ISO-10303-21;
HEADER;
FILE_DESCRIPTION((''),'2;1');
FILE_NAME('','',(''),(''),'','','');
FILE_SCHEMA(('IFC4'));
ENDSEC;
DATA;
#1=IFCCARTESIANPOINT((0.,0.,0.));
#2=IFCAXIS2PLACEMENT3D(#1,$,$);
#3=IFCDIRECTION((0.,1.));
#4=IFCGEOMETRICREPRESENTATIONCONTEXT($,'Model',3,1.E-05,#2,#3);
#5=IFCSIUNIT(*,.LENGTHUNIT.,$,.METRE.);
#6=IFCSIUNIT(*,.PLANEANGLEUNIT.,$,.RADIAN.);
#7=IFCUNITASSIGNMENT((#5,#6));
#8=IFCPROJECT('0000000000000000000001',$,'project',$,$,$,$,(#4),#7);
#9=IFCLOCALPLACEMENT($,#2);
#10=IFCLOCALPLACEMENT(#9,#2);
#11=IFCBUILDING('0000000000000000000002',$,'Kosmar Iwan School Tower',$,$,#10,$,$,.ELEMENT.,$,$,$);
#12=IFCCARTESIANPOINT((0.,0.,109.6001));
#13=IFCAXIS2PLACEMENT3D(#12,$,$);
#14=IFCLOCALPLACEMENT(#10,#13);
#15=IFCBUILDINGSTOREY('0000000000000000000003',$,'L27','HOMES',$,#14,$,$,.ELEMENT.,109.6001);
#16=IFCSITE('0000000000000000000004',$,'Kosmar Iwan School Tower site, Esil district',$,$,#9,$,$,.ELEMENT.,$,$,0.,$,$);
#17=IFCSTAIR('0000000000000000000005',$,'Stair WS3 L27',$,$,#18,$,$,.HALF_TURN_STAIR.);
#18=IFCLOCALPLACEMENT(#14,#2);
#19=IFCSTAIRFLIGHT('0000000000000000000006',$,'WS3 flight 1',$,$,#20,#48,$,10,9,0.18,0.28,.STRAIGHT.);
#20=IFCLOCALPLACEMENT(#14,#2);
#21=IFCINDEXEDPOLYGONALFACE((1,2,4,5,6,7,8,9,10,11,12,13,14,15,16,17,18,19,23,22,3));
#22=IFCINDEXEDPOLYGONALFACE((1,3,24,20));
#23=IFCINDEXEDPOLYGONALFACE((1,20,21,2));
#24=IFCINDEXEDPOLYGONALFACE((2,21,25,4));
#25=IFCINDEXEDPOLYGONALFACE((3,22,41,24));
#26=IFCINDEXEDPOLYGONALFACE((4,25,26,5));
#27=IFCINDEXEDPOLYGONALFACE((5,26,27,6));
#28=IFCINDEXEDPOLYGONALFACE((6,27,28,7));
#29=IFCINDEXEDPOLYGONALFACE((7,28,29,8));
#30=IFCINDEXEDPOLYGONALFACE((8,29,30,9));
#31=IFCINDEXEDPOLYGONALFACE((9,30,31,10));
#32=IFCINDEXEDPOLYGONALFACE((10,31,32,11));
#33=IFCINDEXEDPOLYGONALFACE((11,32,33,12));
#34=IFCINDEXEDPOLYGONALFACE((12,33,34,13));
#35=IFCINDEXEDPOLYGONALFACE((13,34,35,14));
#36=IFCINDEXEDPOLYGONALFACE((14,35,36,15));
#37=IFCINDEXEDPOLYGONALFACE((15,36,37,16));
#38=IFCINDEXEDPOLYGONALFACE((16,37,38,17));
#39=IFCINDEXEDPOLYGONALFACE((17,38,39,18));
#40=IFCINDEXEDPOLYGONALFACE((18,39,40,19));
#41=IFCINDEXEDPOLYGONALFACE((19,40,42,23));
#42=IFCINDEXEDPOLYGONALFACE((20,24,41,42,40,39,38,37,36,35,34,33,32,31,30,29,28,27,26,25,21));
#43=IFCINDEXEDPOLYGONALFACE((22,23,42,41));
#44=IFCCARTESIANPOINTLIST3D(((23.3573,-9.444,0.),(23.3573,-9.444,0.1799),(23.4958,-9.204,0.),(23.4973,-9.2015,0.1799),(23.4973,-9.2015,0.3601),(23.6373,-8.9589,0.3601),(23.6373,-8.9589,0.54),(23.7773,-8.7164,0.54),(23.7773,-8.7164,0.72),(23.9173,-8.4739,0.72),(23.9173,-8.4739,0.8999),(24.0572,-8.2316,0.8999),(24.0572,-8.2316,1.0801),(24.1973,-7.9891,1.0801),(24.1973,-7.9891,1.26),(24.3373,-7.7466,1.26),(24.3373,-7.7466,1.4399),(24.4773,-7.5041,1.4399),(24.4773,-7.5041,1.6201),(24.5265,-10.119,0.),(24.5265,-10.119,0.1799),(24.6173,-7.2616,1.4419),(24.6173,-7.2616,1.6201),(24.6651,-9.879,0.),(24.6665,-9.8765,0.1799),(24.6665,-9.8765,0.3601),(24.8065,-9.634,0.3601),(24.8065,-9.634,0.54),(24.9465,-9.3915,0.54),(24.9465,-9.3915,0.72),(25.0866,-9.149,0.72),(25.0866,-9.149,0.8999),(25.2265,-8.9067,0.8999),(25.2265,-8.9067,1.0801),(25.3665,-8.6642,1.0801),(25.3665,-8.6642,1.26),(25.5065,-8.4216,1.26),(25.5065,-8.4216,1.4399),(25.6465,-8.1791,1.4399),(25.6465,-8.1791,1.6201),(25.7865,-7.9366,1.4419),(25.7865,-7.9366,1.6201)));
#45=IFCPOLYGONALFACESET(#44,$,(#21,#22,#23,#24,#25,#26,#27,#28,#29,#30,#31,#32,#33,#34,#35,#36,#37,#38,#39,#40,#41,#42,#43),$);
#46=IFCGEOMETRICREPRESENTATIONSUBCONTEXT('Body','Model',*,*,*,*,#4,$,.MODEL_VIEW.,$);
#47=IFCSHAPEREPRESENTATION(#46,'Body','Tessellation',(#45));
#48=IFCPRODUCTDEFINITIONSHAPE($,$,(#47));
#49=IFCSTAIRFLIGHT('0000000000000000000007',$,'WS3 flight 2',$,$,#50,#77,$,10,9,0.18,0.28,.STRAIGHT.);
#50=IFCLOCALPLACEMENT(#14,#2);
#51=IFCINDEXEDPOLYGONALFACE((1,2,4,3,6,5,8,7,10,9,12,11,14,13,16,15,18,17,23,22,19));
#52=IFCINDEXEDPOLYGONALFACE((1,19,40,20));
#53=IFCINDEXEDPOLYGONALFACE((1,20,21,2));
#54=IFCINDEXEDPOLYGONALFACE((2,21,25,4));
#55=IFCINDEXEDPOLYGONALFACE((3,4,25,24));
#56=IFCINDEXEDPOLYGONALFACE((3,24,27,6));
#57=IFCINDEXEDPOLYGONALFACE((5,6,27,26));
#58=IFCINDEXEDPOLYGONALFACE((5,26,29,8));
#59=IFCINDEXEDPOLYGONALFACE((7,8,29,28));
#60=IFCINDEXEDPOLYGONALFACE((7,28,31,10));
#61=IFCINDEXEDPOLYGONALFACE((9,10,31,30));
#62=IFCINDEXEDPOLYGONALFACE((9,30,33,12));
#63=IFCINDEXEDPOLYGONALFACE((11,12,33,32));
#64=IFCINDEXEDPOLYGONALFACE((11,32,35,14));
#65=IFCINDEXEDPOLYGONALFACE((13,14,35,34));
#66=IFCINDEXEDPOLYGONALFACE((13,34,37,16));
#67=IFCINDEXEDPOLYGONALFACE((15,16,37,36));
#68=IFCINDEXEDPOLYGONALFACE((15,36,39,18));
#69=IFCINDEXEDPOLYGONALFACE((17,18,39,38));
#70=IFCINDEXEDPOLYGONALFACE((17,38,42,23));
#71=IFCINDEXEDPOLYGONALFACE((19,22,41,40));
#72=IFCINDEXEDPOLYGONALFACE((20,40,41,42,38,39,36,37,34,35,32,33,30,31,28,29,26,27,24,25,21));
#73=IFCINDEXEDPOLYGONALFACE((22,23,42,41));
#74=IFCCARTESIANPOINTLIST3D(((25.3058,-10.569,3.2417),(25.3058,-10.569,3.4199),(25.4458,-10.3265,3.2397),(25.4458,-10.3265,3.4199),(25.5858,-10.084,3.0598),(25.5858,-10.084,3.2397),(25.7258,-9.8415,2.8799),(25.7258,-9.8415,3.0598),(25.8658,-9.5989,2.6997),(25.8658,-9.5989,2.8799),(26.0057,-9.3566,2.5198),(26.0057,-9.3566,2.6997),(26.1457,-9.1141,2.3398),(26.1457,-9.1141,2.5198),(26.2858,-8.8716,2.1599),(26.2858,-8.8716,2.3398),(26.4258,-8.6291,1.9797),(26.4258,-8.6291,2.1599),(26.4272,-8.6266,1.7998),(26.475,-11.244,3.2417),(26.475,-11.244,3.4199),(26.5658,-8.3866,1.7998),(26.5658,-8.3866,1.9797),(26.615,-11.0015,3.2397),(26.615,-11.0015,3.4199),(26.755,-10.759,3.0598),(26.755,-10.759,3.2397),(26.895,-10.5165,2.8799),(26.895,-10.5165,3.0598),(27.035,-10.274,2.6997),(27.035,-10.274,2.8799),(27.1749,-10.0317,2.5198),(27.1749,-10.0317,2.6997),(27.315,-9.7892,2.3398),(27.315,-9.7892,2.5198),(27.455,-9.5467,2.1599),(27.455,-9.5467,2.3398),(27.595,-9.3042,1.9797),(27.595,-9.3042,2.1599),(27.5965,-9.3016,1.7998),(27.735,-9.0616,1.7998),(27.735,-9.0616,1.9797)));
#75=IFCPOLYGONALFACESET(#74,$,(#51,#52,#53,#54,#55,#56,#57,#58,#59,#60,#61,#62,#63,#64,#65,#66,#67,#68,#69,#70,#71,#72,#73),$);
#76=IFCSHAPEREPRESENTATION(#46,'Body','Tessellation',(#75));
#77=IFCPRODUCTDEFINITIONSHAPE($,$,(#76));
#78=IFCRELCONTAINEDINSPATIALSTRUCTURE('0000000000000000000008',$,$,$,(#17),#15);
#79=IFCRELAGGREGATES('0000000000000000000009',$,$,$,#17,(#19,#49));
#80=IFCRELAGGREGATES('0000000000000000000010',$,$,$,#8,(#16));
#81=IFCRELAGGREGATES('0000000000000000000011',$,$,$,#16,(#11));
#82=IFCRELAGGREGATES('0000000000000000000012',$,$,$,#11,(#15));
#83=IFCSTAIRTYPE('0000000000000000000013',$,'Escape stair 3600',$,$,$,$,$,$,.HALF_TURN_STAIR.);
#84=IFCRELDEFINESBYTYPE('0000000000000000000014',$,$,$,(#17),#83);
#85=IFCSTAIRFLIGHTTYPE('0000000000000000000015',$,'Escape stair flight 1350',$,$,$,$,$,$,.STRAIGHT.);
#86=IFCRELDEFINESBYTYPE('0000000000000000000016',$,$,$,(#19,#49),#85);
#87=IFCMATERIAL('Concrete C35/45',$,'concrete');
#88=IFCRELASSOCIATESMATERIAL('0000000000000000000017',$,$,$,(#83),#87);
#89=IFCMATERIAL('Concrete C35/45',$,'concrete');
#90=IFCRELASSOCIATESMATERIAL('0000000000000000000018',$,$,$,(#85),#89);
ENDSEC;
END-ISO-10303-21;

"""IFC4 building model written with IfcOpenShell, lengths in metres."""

from ifc_helpers import new_model, si_unit, direction, frame, origin, place, context, subcontext, project, spatial, polyline, outline, extrude, material, type_object, element, aggregate, save


model = new_model("IFC4")

# Units and contexts
model_context = context("Model", 3, precision=1e-05, world=origin(), true_north=direction((0.0, 1.0)))
body_context = subcontext(model_context, "Body", "Model", "MODEL_VIEW")
ifc_project = project(units=[si_unit("LENGTHUNIT", "METRE"), si_unit("PLANEANGLEUNIT", "RADIAN")], contexts=[model_context])

# Site, building, storey
site_placement = place(None, origin())
site = spatial("IfcSite", under=ifc_project, at=site_placement, Name="Kosmar Iwan School Tower site, Esil district", CompositionType="ELEMENT", RefElevation=0.0)
building_placement = place(site_placement, origin())
building = spatial("IfcBuilding", under=site, at=building_placement, Name="Kosmar Iwan School Tower", CompositionType="ELEMENT")
storey_placement = place(building_placement, frame((0.0, 0.0, 109.6001)))
storey = spatial("IfcBuildingStorey", under=building, at=storey_placement, Name="L27", Description="HOMES", CompositionType="ELEMENT", Elevation=109.6001)

# Stair, stair flights
ifc_material_1 = material(Name="Concrete C35/45", Category="concrete")
stair_type = type_object("IfcStairType", Name="Escape stair 3600", PredefinedType="HALF_TURN_STAIR", material=ifc_material_1)
stair_placement = place(storey_placement, origin())
stair = element("IfcStair", 1, at=stair_placement, inside=storey, type_object=stair_type, Name="Stair WS3 L27", PredefinedType="HALF_TURN_STAIR")
ifc_material_2 = material(Name="Concrete C35/45", Category="concrete")
stair_flight_type = type_object("IfcStairFlightType", Name="Escape stair flight 1350", PredefinedType="STRAIGHT", material=ifc_material_2)
stair_flight_1_placement = place(storey_placement, frame((23.9419, -9.7815, 0.0), z_axis=(0.0, 0.0, 1.0), x_axis=(0.5, 0.866025, 0.0)))
stair_flight_1 = element("IfcStairFlight", 2, at=stair_flight_1_placement, type_object=stair_flight_type, Name="WS3 flight 1", NumberOfRisers=10, NumberOfTreads=9, PredefinedType="STRAIGHT", RiserHeight=0.18, TreadLength=0.28, context=body_context, shape_type="SweptSolid", body=[
    extrude(outline(polyline([(0.0, 0.0), (0.0, 0.1799), (0.28, 0.1799), (0.28, 0.3601), (0.5601, 0.3601), (0.5601, 0.54), (0.8401, 0.54), (0.8401, 0.72), (1.1201, 0.72), (1.1201, 0.8999), (1.3999, 0.8999), (1.3999, 1.0801), (1.6799, 1.0801), (1.6799, 1.26), (1.96, 1.26), (1.96, 1.4399), (2.24, 1.4399), (2.24, 1.6201), (2.52, 1.6201), (2.52, 1.8), (2.52, 1.4419), (0.2771, 0.0), (0.0, 0.0)])), frame((0.0, 0.675, 0.0), z_axis=(0.0, -1.0, 0.0), x_axis=(1.0, 0.0, 0.0)), (0.0, 0.0, 1.0), 1.3501),
])
stair_flight_2_placement = place(storey_placement, frame((27.1504, -8.7241, 1.7998), z_axis=(0.0, 0.0, 1.0), x_axis=(-0.5, -0.866025, 0.0)))
stair_flight_2 = element("IfcStairFlight", 3, at=stair_flight_2_placement, type_object=stair_flight_type, Name="WS3 flight 2", NumberOfRisers=10, NumberOfTreads=9, PredefinedType="STRAIGHT", RiserHeight=0.18, TreadLength=0.28, context=body_context, shape_type="SweptSolid", body=[
    extrude(outline(polyline([(0.0, 0.0), (0.0, 0.1799), (0.28, 0.1799), (0.28, 0.3601), (0.5601, 0.3601), (0.5601, 0.54), (0.8401, 0.54), (0.8401, 0.72), (1.1201, 0.72), (1.1201, 0.8999), (1.3999, 0.8999), (1.3999, 1.0801), (1.6799, 1.0801), (1.6799, 1.26), (1.96, 1.26), (1.96, 1.4399), (2.24, 1.4399), (2.24, 1.6201), (2.52, 1.6201), (2.52, 1.8), (2.52, 1.4419), (0.2771, 0.0), (0.0, 0.0)])), frame((0.0, 0.675, 0.0), z_axis=(0.0, -1.0, 0.0), x_axis=(1.0, 0.0, 0.0)), (0.0, 0.0, 1.0), 1.3501),
])
aggregate(stair, [stair_flight_1, stair_flight_2])

save(model, "model.ifc")
